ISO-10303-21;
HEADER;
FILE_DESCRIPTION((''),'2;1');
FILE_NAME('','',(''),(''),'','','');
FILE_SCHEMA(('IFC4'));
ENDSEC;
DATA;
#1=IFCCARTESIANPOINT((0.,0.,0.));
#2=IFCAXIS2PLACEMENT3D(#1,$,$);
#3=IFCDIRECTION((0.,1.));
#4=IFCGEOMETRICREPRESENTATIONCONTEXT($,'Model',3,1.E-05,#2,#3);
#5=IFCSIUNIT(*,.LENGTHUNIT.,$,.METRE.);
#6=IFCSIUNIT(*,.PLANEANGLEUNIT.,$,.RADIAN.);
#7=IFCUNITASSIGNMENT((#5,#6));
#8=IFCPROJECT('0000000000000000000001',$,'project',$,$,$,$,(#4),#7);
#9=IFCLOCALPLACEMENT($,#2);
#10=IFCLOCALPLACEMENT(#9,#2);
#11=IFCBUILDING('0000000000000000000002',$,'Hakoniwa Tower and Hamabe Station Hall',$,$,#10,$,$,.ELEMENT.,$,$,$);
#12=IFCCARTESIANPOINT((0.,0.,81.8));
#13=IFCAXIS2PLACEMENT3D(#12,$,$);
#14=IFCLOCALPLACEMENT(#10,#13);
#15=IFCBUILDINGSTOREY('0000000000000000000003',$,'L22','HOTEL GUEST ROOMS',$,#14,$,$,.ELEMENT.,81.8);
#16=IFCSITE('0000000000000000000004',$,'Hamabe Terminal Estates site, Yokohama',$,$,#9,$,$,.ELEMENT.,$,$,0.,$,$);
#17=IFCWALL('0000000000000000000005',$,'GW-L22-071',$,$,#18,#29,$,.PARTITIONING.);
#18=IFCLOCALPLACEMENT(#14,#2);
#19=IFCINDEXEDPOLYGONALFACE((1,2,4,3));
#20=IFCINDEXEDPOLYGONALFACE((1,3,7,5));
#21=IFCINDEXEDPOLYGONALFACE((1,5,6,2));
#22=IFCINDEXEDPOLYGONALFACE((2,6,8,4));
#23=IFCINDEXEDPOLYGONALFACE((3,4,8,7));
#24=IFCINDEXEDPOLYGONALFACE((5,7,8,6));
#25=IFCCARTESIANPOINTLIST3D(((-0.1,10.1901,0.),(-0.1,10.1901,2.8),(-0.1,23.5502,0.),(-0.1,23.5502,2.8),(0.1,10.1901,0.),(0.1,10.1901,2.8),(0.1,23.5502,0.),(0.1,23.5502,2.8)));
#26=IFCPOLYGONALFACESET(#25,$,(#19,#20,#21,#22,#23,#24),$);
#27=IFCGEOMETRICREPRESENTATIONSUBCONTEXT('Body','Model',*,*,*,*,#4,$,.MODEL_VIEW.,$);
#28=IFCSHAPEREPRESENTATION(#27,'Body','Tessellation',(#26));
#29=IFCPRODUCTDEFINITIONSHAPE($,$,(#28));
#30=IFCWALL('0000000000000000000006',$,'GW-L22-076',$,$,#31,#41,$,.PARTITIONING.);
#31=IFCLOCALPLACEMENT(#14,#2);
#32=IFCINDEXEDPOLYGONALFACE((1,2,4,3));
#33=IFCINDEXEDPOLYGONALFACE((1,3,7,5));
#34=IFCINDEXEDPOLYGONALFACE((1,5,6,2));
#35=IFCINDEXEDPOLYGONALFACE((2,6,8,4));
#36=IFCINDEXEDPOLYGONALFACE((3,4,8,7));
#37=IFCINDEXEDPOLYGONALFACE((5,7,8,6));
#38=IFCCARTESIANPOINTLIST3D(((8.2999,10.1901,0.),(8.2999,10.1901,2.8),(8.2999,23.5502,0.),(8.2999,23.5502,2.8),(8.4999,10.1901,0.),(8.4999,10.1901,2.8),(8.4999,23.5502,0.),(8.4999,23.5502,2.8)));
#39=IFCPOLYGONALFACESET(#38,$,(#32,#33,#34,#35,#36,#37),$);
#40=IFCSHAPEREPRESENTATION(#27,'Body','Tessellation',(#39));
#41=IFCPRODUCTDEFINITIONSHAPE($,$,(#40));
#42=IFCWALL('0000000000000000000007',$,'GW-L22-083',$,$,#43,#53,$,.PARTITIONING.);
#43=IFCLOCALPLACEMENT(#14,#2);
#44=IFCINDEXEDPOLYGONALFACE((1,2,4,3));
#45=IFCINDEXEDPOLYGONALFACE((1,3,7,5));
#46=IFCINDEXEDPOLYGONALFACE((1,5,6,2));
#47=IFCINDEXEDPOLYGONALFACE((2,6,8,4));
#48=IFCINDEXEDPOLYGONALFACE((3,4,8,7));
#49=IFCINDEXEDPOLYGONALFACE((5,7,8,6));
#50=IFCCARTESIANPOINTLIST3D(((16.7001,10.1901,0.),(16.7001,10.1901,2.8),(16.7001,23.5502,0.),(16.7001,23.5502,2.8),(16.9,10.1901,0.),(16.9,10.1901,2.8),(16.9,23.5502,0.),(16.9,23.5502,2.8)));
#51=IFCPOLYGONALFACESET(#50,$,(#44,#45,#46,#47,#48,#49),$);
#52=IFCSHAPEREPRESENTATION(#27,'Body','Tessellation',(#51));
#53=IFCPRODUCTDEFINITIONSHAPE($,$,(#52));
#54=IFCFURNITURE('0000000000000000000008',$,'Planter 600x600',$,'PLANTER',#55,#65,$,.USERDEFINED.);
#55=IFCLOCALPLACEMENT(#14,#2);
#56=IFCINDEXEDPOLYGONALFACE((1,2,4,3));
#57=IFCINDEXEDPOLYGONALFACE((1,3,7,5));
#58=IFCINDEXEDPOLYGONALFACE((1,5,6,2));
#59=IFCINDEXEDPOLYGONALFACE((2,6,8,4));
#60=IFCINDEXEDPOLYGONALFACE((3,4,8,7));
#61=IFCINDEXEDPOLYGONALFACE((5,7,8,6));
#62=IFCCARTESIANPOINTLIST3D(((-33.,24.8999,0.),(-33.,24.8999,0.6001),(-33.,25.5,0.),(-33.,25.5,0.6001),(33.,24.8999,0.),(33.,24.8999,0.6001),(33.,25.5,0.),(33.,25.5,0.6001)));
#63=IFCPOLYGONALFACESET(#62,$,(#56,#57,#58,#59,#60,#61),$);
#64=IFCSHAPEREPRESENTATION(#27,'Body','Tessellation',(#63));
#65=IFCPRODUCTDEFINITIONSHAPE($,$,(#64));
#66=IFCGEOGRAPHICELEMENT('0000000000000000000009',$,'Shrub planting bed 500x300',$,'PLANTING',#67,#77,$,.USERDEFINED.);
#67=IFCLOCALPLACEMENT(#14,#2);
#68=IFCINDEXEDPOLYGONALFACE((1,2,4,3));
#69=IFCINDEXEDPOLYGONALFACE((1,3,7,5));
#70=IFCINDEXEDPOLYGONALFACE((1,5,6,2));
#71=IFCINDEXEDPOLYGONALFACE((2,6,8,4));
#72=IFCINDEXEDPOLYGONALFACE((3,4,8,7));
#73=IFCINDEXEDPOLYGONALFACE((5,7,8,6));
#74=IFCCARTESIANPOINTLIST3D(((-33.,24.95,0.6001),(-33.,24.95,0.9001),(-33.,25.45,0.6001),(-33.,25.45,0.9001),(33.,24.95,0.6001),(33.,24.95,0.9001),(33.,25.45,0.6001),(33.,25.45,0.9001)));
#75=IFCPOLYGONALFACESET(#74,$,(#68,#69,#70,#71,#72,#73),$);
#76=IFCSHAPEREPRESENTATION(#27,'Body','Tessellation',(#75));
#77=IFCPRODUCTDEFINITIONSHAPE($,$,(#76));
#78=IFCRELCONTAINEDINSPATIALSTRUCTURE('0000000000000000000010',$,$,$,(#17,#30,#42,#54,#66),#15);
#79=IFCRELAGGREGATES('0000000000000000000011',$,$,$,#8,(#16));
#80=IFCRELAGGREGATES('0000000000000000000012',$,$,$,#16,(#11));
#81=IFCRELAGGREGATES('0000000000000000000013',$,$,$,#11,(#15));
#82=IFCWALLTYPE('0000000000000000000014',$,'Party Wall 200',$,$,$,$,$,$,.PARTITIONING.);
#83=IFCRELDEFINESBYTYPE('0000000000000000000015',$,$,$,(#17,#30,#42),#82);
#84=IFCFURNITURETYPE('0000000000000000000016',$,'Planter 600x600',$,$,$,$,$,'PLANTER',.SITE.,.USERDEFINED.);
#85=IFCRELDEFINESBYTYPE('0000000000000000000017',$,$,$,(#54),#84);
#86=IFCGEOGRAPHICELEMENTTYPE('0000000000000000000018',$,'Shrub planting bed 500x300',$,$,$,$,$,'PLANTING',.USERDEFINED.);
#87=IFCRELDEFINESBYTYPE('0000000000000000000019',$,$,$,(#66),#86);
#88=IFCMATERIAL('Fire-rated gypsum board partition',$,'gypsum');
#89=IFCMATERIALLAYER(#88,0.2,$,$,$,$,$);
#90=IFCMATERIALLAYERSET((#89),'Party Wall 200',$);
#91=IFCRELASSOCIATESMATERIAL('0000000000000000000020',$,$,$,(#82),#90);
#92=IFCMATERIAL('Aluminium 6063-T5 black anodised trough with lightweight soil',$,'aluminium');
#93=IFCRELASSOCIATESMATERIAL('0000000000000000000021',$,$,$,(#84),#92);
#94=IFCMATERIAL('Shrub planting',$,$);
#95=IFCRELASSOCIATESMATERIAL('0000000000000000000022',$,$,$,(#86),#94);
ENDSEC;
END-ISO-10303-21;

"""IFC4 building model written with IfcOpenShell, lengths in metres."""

from ifc_helpers import new_model, si_unit, direction, frame, frame_2d, origin, origin_2d, place, context, subcontext, project, spatial, rectangle, extrude, material, layer, layer_set, type_object, element, save


model = new_model("IFC4")

# Units and contexts
model_context = context("Model", 3, precision=1e-05, world=origin(), true_north=direction((0.0, 1.0)))
body_context = subcontext(model_context, "Body", "Model", "MODEL_VIEW")
ifc_project = project(units=[si_unit("LENGTHUNIT", "METRE"), si_unit("PLANEANGLEUNIT", "RADIAN")], contexts=[model_context])

# Site, building, storey
site_placement = place(None, origin())
site = spatial("IfcSite", under=ifc_project, at=site_placement, Name="Hamabe Terminal Estates site, Yokohama", CompositionType="ELEMENT", RefElevation=0.0)
building_placement = place(site_placement, origin())
building = spatial("IfcBuilding", under=site, at=building_placement, Name="Hakoniwa Tower and Hamabe Station Hall", CompositionType="ELEMENT")
storey_placement = place(building_placement, frame((0.0, 0.0, 81.8)))
storey = spatial("IfcBuildingStorey", under=building, at=storey_placement, Name="L22", Description="HOTEL GUEST ROOMS", CompositionType="ELEMENT", Elevation=81.8)

# Walls
ifc_material_1 = material(Name="Fire-rated gypsum board partition", Category="gypsum")
ifc_layer_1 = layer(ifc_material_1, 0.2)
ifc_layer_set_1 = layer_set([ifc_layer_1], Name="Party Wall 200")
wall_type_1 = type_object("IfcWallType", Name="Party Wall 200", PredefinedType="PARTITIONING", material=ifc_layer_set_1)
for number, where, z_axis, x_axis, name in (
    (1, (0.0, 10.1899, 0.0), (0.0, 0.0, 1.0), (0.0, 1.0, 0.0), "GW-L22-071"),
    (2, (8.3999, 10.1899, 0.0), (0.0, 0.0, 1.0), (0.0, 1.0, 0.0), "GW-L22-076"),
    (3, (16.8, 10.1899, 0.0), (0.0, 0.0, 1.0), (0.0, 1.0, 0.0), "GW-L22-083"),
):
    element("IfcWall", number, at=place(storey_placement, frame(where, z_axis=z_axis, x_axis=x_axis)), inside=storey, type_object=wall_type_1, Name=name, PredefinedType="PARTITIONING", context=body_context, shape_type="SweptSolid", body=[
        extrude(rectangle(XDim=13.3601, YDim=0.2, at=frame_2d((6.6802, 0.0))), origin(), (0.0, 0.0, 1.0), 2.8),
    ])

# Furniture
ifc_material_2 = material(Name="Aluminium 6063-T5 black anodised trough with lightweight soil", Category="aluminium")
furniture_type = type_object("IfcFurnitureType", Name="Planter 600x600", ElementType="PLANTER", AssemblyPlace="SITE", PredefinedType="USERDEFINED", material=ifc_material_2)
furniture_placement = place(storey_placement, frame((0.0, 25.2, 0.0), z_axis=(0.0, 0.0, 1.0), x_axis=(1.0, 0.0, 0.0)))
element("IfcFurniture", 4, at=furniture_placement, inside=storey, type_object=furniture_type, Name="Planter 600x600", ObjectType="PLANTER", PredefinedType="USERDEFINED", context=body_context, shape_type="SweptSolid", body=[
    extrude(rectangle(XDim=66.0, YDim=0.6001, at=origin_2d()), origin(), (0.0, 0.0, 1.0), 0.6001),
])

# Geographic element
ifc_material_3 = material(Name="Shrub planting")
geographic_element_type = type_object("IfcGeographicElementType", Name="Shrub planting bed 500x300", ElementType="PLANTING", PredefinedType="USERDEFINED", material=ifc_material_3)
geographic_element_placement = place(storey_placement, frame((0.0, 25.2, 0.6001), z_axis=(0.0, 0.0, 1.0), x_axis=(1.0, 0.0, 0.0)))
element("IfcGeographicElement", 5, at=geographic_element_placement, inside=storey, type_object=geographic_element_type, Name="Shrub planting bed 500x300", ObjectType="PLANTING", PredefinedType="USERDEFINED", context=body_context, shape_type="SweptSolid", body=[
    extrude(rectangle(XDim=66.0, YDim=0.5, at=origin_2d()), origin(), (0.0, 0.0, 1.0), 0.3),
])

save(model, "model.ifc")
